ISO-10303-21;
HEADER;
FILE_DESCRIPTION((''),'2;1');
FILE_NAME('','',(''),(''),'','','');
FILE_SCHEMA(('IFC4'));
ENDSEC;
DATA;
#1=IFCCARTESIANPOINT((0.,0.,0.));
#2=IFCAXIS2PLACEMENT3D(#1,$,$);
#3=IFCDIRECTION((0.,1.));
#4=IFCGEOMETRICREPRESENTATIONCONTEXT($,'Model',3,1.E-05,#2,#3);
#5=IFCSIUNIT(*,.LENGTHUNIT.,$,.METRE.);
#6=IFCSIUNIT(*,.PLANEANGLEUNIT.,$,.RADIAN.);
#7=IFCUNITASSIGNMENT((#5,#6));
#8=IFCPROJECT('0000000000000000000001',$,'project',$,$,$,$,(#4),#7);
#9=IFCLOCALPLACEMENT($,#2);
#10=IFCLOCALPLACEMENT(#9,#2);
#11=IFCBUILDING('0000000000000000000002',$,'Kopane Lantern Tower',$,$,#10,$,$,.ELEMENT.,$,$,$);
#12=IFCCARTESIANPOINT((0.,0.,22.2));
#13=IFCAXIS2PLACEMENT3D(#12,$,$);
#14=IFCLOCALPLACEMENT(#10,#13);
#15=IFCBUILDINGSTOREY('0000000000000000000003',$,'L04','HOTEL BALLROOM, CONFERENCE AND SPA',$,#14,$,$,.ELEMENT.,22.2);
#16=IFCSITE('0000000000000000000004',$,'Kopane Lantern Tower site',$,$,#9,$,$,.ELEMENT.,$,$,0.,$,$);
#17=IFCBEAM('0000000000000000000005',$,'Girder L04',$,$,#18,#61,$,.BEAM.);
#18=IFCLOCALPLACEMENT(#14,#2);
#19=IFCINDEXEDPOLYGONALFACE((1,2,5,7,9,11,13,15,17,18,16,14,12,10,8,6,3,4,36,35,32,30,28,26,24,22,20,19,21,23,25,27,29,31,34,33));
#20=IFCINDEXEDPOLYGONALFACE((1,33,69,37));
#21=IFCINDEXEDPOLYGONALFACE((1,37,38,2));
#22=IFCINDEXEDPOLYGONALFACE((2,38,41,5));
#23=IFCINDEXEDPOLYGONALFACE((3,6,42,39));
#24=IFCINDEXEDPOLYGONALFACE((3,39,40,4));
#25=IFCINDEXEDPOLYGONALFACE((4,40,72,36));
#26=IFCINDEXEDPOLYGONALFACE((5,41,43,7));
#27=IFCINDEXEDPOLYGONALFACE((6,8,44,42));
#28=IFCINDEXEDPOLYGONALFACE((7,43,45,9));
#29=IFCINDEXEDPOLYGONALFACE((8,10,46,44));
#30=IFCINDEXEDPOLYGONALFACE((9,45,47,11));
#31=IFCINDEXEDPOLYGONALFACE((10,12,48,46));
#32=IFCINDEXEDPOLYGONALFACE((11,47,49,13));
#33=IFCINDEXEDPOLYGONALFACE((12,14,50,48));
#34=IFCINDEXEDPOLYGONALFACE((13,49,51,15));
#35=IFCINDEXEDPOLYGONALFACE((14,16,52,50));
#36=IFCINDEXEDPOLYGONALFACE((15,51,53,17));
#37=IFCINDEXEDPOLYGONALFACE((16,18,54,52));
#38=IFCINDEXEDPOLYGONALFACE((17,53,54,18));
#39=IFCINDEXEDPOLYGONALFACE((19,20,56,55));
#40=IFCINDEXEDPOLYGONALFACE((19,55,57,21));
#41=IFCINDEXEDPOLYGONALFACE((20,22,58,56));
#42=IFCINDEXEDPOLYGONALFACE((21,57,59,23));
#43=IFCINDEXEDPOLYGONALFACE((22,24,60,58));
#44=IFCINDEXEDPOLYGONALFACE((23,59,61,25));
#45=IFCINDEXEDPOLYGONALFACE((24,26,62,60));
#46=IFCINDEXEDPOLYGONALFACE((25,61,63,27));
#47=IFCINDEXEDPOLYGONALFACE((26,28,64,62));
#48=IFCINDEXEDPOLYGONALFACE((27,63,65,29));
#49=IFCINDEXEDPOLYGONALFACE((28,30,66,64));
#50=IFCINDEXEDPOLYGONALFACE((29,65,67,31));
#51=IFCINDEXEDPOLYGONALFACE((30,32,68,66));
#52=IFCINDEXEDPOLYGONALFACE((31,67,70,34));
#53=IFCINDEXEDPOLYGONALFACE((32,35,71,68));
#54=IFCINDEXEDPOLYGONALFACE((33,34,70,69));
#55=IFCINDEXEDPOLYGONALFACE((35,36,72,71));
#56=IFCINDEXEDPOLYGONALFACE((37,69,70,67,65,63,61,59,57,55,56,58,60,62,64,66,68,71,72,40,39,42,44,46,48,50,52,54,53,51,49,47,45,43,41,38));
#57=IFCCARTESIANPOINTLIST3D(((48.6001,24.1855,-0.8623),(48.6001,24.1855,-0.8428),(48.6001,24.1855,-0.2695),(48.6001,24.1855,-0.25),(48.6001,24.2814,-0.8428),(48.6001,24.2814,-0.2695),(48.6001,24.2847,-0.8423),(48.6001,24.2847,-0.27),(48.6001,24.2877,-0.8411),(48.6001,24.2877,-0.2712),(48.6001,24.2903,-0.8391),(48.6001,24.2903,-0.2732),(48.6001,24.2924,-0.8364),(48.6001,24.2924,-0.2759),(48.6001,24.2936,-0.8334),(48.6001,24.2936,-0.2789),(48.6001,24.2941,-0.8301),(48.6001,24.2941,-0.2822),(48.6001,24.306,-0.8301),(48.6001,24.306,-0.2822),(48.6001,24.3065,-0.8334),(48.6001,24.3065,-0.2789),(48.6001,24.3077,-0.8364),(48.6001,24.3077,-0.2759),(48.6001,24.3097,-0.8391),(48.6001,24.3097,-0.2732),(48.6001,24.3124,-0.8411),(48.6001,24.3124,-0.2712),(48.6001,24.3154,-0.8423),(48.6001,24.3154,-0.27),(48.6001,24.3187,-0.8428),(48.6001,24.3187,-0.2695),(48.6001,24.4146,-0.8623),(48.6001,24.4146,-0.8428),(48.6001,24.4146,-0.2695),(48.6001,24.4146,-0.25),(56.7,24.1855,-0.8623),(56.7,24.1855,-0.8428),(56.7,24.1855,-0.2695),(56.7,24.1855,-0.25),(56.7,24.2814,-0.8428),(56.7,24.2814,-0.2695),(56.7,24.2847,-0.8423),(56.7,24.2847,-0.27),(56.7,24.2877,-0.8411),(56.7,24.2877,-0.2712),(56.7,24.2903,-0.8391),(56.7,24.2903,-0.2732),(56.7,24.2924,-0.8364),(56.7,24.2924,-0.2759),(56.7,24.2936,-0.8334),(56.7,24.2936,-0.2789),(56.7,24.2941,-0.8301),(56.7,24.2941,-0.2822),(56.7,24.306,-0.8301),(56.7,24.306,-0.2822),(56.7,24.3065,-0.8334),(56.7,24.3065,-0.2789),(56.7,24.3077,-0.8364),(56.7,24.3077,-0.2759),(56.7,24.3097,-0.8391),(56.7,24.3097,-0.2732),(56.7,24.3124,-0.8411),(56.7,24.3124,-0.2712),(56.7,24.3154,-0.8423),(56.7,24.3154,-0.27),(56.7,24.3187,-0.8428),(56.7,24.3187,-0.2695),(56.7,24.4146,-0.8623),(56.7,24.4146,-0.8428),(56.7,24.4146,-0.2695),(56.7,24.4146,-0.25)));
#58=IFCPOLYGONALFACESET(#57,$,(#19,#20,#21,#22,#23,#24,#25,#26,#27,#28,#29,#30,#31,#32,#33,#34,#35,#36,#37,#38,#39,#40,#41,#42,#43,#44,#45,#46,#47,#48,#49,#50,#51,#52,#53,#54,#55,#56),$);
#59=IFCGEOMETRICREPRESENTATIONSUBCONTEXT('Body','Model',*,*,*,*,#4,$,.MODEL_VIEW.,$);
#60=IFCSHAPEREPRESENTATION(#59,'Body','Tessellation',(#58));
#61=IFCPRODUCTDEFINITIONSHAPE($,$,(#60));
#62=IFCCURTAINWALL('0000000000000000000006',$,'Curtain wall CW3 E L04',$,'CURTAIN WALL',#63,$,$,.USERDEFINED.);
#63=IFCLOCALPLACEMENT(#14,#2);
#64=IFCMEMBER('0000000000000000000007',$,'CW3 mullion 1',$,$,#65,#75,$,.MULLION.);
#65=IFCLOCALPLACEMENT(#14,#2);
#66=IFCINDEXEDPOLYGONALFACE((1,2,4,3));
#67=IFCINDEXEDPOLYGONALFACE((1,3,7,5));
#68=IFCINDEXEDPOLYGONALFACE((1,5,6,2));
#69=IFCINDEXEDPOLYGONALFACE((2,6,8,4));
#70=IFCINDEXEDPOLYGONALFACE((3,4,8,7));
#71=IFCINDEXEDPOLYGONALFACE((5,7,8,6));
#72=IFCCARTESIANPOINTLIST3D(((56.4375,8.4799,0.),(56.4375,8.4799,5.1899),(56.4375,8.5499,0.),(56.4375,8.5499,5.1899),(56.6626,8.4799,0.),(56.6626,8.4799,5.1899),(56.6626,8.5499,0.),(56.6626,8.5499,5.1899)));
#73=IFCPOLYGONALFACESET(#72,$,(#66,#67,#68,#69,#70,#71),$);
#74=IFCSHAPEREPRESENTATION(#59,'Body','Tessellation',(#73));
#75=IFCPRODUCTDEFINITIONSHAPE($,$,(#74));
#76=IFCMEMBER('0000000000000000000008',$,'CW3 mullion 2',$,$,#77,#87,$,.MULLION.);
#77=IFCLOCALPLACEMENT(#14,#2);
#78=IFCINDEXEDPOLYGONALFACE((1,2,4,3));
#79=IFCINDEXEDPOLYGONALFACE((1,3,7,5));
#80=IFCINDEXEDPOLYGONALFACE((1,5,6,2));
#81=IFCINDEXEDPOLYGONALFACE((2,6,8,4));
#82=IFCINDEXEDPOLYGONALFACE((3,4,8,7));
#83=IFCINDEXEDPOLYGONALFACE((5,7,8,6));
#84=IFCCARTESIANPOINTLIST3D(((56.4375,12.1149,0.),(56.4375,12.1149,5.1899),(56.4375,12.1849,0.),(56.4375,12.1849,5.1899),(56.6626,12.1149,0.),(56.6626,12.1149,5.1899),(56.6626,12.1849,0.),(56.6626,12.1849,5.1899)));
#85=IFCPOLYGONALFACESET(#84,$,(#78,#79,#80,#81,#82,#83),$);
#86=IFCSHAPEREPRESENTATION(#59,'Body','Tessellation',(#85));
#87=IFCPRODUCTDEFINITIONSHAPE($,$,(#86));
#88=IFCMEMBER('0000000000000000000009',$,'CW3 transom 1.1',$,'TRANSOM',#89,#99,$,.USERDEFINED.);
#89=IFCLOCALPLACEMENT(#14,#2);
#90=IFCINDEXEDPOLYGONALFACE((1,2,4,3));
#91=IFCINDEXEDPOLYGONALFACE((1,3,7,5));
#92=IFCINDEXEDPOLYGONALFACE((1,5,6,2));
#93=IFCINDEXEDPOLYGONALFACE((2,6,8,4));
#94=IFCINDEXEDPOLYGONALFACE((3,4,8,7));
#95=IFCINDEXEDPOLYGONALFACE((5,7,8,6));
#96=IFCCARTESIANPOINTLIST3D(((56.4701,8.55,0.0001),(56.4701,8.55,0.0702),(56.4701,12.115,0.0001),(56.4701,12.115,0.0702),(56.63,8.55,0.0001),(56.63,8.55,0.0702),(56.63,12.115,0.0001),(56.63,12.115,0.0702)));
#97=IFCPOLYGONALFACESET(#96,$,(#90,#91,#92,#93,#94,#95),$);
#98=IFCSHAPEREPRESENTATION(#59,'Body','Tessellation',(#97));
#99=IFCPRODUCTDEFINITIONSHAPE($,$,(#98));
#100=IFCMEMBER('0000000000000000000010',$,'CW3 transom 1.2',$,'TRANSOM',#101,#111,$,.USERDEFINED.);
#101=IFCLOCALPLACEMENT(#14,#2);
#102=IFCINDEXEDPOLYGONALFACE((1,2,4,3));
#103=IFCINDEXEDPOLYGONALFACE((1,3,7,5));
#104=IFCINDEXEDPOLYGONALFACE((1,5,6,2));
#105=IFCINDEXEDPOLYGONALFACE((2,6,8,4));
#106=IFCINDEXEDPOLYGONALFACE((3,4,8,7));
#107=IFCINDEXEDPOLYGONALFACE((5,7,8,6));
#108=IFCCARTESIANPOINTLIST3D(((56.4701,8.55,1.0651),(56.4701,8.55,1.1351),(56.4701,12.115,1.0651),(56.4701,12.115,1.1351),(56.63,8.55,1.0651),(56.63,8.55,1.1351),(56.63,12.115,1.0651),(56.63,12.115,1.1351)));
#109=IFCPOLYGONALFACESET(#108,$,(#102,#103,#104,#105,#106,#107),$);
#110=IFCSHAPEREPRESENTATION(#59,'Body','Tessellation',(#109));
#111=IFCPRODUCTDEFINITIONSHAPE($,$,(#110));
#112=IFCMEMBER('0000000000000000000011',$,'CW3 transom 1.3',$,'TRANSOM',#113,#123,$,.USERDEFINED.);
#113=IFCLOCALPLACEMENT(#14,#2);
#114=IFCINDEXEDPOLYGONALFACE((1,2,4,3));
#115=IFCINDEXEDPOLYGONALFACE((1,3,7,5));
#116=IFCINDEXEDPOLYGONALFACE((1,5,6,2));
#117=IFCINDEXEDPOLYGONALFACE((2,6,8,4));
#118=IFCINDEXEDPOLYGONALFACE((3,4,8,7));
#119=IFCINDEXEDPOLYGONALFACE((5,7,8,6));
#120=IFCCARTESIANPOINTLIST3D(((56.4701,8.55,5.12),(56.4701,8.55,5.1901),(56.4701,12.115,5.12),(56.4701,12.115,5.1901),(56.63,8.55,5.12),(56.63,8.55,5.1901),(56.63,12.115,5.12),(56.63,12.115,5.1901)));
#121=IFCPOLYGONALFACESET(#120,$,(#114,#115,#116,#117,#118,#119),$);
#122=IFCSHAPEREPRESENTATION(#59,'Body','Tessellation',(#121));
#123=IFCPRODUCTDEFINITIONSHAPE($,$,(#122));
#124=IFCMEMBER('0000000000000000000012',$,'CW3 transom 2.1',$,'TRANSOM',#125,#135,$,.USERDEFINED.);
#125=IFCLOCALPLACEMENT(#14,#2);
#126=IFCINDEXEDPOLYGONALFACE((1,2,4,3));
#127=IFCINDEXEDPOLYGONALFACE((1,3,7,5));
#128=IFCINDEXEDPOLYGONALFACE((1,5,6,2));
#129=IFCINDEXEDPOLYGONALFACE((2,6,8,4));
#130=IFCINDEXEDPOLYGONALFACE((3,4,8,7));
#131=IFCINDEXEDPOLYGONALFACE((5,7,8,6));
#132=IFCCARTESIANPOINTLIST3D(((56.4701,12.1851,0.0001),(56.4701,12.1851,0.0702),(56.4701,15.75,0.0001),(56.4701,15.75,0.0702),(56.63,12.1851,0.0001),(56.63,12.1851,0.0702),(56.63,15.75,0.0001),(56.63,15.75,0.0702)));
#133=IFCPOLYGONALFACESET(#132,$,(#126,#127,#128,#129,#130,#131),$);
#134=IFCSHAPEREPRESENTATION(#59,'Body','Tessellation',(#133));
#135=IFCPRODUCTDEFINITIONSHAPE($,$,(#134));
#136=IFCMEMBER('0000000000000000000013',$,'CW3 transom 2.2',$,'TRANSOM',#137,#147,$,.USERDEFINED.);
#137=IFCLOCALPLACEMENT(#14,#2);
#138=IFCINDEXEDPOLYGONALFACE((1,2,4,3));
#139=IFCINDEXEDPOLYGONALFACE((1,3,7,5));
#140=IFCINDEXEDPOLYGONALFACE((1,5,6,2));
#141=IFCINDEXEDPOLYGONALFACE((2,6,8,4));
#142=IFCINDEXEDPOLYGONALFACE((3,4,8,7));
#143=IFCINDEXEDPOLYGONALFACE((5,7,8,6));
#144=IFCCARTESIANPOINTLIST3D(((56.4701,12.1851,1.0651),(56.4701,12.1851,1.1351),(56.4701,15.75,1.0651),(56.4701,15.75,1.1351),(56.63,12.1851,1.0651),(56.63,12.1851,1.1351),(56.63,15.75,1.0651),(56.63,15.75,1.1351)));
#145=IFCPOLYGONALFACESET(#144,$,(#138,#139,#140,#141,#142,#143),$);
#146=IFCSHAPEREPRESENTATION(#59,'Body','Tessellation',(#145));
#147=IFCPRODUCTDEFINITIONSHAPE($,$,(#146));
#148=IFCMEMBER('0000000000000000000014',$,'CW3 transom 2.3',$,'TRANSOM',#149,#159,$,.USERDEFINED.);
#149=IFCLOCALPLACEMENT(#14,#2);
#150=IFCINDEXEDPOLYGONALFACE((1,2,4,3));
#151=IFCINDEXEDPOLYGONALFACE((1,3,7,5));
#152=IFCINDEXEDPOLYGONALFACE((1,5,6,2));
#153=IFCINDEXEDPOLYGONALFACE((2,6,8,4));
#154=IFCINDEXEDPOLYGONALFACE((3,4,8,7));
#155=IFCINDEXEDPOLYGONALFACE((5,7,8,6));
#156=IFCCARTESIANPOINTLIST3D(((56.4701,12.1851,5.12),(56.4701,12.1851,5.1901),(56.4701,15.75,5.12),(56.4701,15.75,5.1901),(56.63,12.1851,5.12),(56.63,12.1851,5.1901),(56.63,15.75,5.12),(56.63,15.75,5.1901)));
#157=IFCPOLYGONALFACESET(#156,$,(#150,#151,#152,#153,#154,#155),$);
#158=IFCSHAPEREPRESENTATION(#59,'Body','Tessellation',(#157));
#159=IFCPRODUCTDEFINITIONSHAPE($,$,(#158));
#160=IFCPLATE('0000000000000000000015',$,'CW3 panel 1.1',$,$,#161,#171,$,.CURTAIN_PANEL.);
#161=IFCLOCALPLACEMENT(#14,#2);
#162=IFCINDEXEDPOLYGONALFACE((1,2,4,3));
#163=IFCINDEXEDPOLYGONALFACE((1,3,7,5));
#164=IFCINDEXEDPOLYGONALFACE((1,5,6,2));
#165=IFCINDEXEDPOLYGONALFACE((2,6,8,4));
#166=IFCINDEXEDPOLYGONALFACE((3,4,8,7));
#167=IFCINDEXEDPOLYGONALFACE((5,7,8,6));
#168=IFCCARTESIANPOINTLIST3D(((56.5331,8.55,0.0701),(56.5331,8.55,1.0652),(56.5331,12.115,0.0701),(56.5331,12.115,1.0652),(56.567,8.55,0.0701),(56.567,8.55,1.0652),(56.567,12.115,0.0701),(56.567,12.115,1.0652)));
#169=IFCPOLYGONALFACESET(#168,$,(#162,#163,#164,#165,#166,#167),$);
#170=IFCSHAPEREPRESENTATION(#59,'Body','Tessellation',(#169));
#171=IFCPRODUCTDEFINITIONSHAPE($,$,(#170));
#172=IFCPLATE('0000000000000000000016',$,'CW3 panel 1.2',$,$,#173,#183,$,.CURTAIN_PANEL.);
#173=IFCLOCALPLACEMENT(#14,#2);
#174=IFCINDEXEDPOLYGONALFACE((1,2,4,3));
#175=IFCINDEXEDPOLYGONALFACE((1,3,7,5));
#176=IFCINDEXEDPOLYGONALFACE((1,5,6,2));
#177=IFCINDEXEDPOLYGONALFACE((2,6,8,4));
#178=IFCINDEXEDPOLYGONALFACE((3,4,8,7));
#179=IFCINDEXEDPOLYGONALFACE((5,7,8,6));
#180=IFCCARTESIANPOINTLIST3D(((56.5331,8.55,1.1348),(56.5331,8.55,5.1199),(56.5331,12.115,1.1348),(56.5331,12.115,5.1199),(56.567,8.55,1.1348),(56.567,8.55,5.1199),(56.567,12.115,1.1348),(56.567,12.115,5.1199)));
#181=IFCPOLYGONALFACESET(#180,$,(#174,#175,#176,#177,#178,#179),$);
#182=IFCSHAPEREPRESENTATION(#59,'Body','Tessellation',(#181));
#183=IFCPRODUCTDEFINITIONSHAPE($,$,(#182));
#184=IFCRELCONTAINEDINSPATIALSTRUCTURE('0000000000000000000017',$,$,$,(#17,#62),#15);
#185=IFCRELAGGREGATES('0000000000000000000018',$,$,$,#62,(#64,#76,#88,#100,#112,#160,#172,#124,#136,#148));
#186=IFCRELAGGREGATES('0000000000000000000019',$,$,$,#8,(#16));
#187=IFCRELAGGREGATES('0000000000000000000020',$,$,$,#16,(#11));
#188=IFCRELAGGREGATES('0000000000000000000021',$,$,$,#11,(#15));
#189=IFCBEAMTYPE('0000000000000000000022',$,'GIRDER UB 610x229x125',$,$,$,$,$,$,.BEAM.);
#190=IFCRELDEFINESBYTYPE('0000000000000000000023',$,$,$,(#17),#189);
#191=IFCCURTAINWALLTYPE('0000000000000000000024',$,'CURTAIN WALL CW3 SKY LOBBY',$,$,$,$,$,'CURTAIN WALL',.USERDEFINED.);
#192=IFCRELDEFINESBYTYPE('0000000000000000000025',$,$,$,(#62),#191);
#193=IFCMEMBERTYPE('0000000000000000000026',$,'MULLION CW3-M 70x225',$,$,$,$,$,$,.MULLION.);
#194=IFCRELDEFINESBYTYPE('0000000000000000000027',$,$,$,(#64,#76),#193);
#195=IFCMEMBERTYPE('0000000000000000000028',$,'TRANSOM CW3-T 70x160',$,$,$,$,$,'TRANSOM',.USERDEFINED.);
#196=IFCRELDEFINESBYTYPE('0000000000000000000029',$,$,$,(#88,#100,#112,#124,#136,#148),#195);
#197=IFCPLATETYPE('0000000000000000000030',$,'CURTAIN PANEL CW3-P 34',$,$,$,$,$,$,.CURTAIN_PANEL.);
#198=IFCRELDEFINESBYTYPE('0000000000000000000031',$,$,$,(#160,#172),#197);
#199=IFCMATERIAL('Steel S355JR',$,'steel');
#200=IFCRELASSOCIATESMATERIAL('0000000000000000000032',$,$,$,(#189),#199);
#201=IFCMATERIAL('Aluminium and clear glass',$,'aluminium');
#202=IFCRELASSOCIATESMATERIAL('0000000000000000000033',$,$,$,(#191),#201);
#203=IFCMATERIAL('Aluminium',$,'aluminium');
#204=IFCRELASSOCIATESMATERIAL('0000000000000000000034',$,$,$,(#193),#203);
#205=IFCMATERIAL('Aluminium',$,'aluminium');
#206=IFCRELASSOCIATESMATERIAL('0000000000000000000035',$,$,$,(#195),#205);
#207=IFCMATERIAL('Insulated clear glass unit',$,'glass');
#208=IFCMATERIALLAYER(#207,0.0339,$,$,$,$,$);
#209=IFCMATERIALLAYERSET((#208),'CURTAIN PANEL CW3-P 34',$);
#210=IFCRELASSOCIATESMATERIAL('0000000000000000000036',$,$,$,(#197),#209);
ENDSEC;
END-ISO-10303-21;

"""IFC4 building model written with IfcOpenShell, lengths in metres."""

from ifc_helpers import new_model, si_unit, direction, frame, origin, origin_2d, place, context, subcontext, project, spatial, rectangle, i_section, extrude, material, layer, layer_set, material_profile, profile_set, type_object, element, aggregate, save


model = new_model("IFC4")

# Units and contexts
model_context = context("Model", 3, precision=1e-05, world=origin(), true_north=direction((0.0, 1.0)))
body_context = subcontext(model_context, "Body", "Model", "MODEL_VIEW")
ifc_project = project(units=[si_unit("LENGTHUNIT", "METRE"), si_unit("PLANEANGLEUNIT", "RADIAN")], contexts=[model_context])

# Site, building, storey
site_placement = place(None, origin())
site = spatial("IfcSite", under=ifc_project, at=site_placement, Name="Kopane Lantern Tower site", CompositionType="ELEMENT", RefElevation=0.0)
building_placement = place(site_placement, origin())
building = spatial("IfcBuilding", under=site, at=building_placement, Name="Kopane Lantern Tower", CompositionType="ELEMENT")
storey_placement = place(building_placement, frame((0.0, 0.0, 22.2)))
storey = spatial("IfcBuildingStorey", under=building, at=storey_placement, Name="L04", Description="HOTEL BALLROOM, CONFERENCE AND SPA", CompositionType="ELEMENT", Elevation=22.2)

# Beam
ifc_material_1 = material(Name="Steel S355JR", Category="steel")
ifc_material_profile_1 = material_profile(ifc_material_1, i_section(OverallWidth=0.229, OverallDepth=0.6123, WebThickness=0.012, FlangeThickness=0.0195, FilletRadius=0.0127, at=origin_2d()), Name="UB 610x229x125")
ifc_profile_set_1 = profile_set([ifc_material_profile_1], Name="Steel S355JR")
beam_type = type_object("IfcBeamType", Name="GIRDER UB 610x229x125", PredefinedType="BEAM", material=ifc_profile_set_1)
for number, where, z_axis, x_axis, name in (
    (1, (48.6001, 24.3, -0.5562), (1.0, 0.0, 0.0), (0.0, 1.0, 0.0), "Girder L04"),
):
    element("IfcBeam", number, at=place(storey_placement, frame(where, z_axis=z_axis, x_axis=x_axis)), inside=storey, type_object=beam_type, Name=name, PredefinedType="BEAM", context=body_context, shape_type="SweptSolid", body=[
        extrude(i_section(OverallWidth=0.229, OverallDepth=0.6123, WebThickness=0.012, FlangeThickness=0.0195, FilletRadius=0.0127, at=origin_2d()), origin(), (0.0, 0.0, 1.0), 8.0999),
    ])

# Curtain wall, members, plates
ifc_material_2 = material(Name="Aluminium and clear glass", Category="aluminium")
curtain_wall_type = type_object("IfcCurtainWallType", Name="CURTAIN WALL CW3 SKY LOBBY", ElementType="CURTAIN WALL", PredefinedType="USERDEFINED", material=ifc_material_2)
curtain_wall_placement = place(storey_placement, origin())
curtain_wall = element("IfcCurtainWall", 2, at=curtain_wall_placement, inside=storey, type_object=curtain_wall_type, Name="Curtain wall CW3 E L04", ObjectType="CURTAIN WALL", PredefinedType="USERDEFINED")
ifc_material_3 = material(Name="Aluminium", Category="aluminium")
ifc_material_profile_2 = material_profile(ifc_material_3, rectangle(XDim=0.0701, YDim=0.2251, at=origin_2d()), Name="AL 70x225")
ifc_profile_set_2 = profile_set([ifc_material_profile_2], Name="Aluminium")
member_type_1 = type_object("IfcMemberType", Name="MULLION CW3-M 70x225", PredefinedType="MULLION", material=ifc_profile_set_2)
member_1_placement = place(storey_placement, frame((56.55, 8.5149, 0.0), z_axis=(0.0, 0.0, 1.0), x_axis=(0.0, 1.0, 0.0)))
member_1 = element("IfcMember", 3, at=member_1_placement, type_object=member_type_1, Name="CW3 mullion 1", PredefinedType="MULLION", context=body_context, shape_type="SweptSolid", body=[
    extrude(rectangle(XDim=0.0701, YDim=0.2251, at=origin_2d()), origin(), (0.0, 0.0, 1.0), 5.1899),
])
member_2_placement = place(storey_placement, frame((56.55, 12.1499, 0.0), z_axis=(0.0, 0.0, 1.0), x_axis=(0.0, 1.0, 0.0)))
member_2 = element("IfcMember", 4, at=member_2_placement, type_object=member_type_1, Name="CW3 mullion 2", PredefinedType="MULLION", context=body_context, shape_type="SweptSolid", body=[
    extrude(rectangle(XDim=0.0701, YDim=0.2251, at=origin_2d()), origin(), (0.0, 0.0, 1.0), 5.1899),
])
ifc_material_4 = material(Name="Aluminium", Category="aluminium")
ifc_material_profile_3 = material_profile(ifc_material_4, rectangle(XDim=0.1599, YDim=0.0701, at=origin_2d()), Name="AL 160x70")
ifc_profile_set_3 = profile_set([ifc_material_profile_3], Name="Aluminium")
member_type_2 = type_object("IfcMemberType", Name="TRANSOM CW3-T 70x160", ElementType="TRANSOM", PredefinedType="USERDEFINED", material=ifc_profile_set_3)
member_3_placement = place(storey_placement, frame((56.55, 8.55, 0.0352), z_axis=(0.0, 1.0, 0.0), x_axis=(-1.0, 0.0, 0.0)))
member_3 = element("IfcMember", 5, at=member_3_placement, type_object=member_type_2, Name="CW3 transom 1.1", ObjectType="TRANSOM", PredefinedType="USERDEFINED", context=body_context, shape_type="SweptSolid", body=[
    extrude(rectangle(XDim=0.1599, YDim=0.0701, at=origin_2d()), origin(), (0.0, 0.0, 1.0), 3.5649),
])
member_4_placement = place(storey_placement, frame((56.55, 8.55, 1.1001), z_axis=(0.0, 1.0, 0.0), x_axis=(-1.0, 0.0, 0.0)))
member_4 = element("IfcMember", 6, at=member_4_placement, type_object=member_type_2, Name="CW3 transom 1.2", ObjectType="TRANSOM", PredefinedType="USERDEFINED", context=body_context, shape_type="SweptSolid", body=[
    extrude(rectangle(XDim=0.1599, YDim=0.0701, at=origin_2d()), origin(), (0.0, 0.0, 1.0), 3.5649),
])
member_5_placement = place(storey_placement, frame((56.55, 8.55, 5.155), z_axis=(0.0, 1.0, 0.0), x_axis=(-1.0, 0.0, 0.0)))
member_5 = element("IfcMember", 7, at=member_5_placement, type_object=member_type_2, Name="CW3 transom 1.3", ObjectType="TRANSOM", PredefinedType="USERDEFINED", context=body_context, shape_type="SweptSolid", body=[
    extrude(rectangle(XDim=0.1599, YDim=0.0701, at=origin_2d()), origin(), (0.0, 0.0, 1.0), 3.5649),
])
member_6_placement = place(storey_placement, frame((56.55, 12.1851, 0.0352), z_axis=(0.0, 1.0, 0.0), x_axis=(-1.0, 0.0, 0.0)))
member_6 = element("IfcMember", 8, at=member_6_placement, type_object=member_type_2, Name="CW3 transom 2.1", ObjectType="TRANSOM", PredefinedType="USERDEFINED", context=body_context, shape_type="SweptSolid", body=[
    extrude(rectangle(XDim=0.1599, YDim=0.0701, at=origin_2d()), origin(), (0.0, 0.0, 1.0), 3.5649),
])
member_7_placement = place(storey_placement, frame((56.55, 12.1851, 1.1001), z_axis=(0.0, 1.0, 0.0), x_axis=(-1.0, 0.0, 0.0)))
member_7 = element("IfcMember", 9, at=member_7_placement, type_object=member_type_2, Name="CW3 transom 2.2", ObjectType="TRANSOM", PredefinedType="USERDEFINED", context=body_context, shape_type="SweptSolid", body=[
    extrude(rectangle(XDim=0.1599, YDim=0.0701, at=origin_2d()), origin(), (0.0, 0.0, 1.0), 3.5649),
])
member_8_placement = place(storey_placement, frame((56.55, 12.1851, 5.155), z_axis=(0.0, 1.0, 0.0), x_axis=(-1.0, 0.0, 0.0)))
member_8 = element("IfcMember", 10, at=member_8_placement, type_object=member_type_2, Name="CW3 transom 2.3", ObjectType="TRANSOM", PredefinedType="USERDEFINED", context=body_context, shape_type="SweptSolid", body=[
    extrude(rectangle(XDim=0.1599, YDim=0.0701, at=origin_2d()), origin(), (0.0, 0.0, 1.0), 3.5649),
])
ifc_material_5 = material(Name="Insulated clear glass unit", Category="glass")
ifc_layer_1 = layer(ifc_material_5, 0.0339)
ifc_layer_set_1 = layer_set([ifc_layer_1], Name="CURTAIN PANEL CW3-P 34")
plate_type = type_object("IfcPlateType", Name="CURTAIN PANEL CW3-P 34", PredefinedType="CURTAIN_PANEL", material=ifc_layer_set_1)
plate_1_placement = place(storey_placement, frame((56.55, 10.3325, 0.0701), z_axis=(0.0, 0.0, 1.0), x_axis=(0.0, 1.0, 0.0)))
plate_1 = element("IfcPlate", 11, at=plate_1_placement, type_object=plate_type, Name="CW3 panel 1.1", PredefinedType="CURTAIN_PANEL", context=body_context, shape_type="SweptSolid", body=[
    extrude(rectangle(XDim=3.5649, YDim=0.0339, at=origin_2d()), origin(), (0.0, 0.0, 1.0), 0.9951),
])
plate_2_placement = place(storey_placement, frame((56.55, 10.3325, 1.1348), z_axis=(0.0, 0.0, 1.0), x_axis=(0.0, 1.0, 0.0)))
plate_2 = element("IfcPlate", 12, at=plate_2_placement, type_object=plate_type, Name="CW3 panel 1.2", PredefinedType="CURTAIN_PANEL", context=body_context, shape_type="SweptSolid", body=[
    extrude(rectangle(XDim=3.5649, YDim=0.0339, at=origin_2d()), origin(), (0.0, 0.0, 1.0), 3.9851),
])
aggregate(curtain_wall, [member_1, member_2, member_3, member_4, member_5, plate_1, plate_2, member_6, member_7, member_8])

save(model, "model.ifc")
